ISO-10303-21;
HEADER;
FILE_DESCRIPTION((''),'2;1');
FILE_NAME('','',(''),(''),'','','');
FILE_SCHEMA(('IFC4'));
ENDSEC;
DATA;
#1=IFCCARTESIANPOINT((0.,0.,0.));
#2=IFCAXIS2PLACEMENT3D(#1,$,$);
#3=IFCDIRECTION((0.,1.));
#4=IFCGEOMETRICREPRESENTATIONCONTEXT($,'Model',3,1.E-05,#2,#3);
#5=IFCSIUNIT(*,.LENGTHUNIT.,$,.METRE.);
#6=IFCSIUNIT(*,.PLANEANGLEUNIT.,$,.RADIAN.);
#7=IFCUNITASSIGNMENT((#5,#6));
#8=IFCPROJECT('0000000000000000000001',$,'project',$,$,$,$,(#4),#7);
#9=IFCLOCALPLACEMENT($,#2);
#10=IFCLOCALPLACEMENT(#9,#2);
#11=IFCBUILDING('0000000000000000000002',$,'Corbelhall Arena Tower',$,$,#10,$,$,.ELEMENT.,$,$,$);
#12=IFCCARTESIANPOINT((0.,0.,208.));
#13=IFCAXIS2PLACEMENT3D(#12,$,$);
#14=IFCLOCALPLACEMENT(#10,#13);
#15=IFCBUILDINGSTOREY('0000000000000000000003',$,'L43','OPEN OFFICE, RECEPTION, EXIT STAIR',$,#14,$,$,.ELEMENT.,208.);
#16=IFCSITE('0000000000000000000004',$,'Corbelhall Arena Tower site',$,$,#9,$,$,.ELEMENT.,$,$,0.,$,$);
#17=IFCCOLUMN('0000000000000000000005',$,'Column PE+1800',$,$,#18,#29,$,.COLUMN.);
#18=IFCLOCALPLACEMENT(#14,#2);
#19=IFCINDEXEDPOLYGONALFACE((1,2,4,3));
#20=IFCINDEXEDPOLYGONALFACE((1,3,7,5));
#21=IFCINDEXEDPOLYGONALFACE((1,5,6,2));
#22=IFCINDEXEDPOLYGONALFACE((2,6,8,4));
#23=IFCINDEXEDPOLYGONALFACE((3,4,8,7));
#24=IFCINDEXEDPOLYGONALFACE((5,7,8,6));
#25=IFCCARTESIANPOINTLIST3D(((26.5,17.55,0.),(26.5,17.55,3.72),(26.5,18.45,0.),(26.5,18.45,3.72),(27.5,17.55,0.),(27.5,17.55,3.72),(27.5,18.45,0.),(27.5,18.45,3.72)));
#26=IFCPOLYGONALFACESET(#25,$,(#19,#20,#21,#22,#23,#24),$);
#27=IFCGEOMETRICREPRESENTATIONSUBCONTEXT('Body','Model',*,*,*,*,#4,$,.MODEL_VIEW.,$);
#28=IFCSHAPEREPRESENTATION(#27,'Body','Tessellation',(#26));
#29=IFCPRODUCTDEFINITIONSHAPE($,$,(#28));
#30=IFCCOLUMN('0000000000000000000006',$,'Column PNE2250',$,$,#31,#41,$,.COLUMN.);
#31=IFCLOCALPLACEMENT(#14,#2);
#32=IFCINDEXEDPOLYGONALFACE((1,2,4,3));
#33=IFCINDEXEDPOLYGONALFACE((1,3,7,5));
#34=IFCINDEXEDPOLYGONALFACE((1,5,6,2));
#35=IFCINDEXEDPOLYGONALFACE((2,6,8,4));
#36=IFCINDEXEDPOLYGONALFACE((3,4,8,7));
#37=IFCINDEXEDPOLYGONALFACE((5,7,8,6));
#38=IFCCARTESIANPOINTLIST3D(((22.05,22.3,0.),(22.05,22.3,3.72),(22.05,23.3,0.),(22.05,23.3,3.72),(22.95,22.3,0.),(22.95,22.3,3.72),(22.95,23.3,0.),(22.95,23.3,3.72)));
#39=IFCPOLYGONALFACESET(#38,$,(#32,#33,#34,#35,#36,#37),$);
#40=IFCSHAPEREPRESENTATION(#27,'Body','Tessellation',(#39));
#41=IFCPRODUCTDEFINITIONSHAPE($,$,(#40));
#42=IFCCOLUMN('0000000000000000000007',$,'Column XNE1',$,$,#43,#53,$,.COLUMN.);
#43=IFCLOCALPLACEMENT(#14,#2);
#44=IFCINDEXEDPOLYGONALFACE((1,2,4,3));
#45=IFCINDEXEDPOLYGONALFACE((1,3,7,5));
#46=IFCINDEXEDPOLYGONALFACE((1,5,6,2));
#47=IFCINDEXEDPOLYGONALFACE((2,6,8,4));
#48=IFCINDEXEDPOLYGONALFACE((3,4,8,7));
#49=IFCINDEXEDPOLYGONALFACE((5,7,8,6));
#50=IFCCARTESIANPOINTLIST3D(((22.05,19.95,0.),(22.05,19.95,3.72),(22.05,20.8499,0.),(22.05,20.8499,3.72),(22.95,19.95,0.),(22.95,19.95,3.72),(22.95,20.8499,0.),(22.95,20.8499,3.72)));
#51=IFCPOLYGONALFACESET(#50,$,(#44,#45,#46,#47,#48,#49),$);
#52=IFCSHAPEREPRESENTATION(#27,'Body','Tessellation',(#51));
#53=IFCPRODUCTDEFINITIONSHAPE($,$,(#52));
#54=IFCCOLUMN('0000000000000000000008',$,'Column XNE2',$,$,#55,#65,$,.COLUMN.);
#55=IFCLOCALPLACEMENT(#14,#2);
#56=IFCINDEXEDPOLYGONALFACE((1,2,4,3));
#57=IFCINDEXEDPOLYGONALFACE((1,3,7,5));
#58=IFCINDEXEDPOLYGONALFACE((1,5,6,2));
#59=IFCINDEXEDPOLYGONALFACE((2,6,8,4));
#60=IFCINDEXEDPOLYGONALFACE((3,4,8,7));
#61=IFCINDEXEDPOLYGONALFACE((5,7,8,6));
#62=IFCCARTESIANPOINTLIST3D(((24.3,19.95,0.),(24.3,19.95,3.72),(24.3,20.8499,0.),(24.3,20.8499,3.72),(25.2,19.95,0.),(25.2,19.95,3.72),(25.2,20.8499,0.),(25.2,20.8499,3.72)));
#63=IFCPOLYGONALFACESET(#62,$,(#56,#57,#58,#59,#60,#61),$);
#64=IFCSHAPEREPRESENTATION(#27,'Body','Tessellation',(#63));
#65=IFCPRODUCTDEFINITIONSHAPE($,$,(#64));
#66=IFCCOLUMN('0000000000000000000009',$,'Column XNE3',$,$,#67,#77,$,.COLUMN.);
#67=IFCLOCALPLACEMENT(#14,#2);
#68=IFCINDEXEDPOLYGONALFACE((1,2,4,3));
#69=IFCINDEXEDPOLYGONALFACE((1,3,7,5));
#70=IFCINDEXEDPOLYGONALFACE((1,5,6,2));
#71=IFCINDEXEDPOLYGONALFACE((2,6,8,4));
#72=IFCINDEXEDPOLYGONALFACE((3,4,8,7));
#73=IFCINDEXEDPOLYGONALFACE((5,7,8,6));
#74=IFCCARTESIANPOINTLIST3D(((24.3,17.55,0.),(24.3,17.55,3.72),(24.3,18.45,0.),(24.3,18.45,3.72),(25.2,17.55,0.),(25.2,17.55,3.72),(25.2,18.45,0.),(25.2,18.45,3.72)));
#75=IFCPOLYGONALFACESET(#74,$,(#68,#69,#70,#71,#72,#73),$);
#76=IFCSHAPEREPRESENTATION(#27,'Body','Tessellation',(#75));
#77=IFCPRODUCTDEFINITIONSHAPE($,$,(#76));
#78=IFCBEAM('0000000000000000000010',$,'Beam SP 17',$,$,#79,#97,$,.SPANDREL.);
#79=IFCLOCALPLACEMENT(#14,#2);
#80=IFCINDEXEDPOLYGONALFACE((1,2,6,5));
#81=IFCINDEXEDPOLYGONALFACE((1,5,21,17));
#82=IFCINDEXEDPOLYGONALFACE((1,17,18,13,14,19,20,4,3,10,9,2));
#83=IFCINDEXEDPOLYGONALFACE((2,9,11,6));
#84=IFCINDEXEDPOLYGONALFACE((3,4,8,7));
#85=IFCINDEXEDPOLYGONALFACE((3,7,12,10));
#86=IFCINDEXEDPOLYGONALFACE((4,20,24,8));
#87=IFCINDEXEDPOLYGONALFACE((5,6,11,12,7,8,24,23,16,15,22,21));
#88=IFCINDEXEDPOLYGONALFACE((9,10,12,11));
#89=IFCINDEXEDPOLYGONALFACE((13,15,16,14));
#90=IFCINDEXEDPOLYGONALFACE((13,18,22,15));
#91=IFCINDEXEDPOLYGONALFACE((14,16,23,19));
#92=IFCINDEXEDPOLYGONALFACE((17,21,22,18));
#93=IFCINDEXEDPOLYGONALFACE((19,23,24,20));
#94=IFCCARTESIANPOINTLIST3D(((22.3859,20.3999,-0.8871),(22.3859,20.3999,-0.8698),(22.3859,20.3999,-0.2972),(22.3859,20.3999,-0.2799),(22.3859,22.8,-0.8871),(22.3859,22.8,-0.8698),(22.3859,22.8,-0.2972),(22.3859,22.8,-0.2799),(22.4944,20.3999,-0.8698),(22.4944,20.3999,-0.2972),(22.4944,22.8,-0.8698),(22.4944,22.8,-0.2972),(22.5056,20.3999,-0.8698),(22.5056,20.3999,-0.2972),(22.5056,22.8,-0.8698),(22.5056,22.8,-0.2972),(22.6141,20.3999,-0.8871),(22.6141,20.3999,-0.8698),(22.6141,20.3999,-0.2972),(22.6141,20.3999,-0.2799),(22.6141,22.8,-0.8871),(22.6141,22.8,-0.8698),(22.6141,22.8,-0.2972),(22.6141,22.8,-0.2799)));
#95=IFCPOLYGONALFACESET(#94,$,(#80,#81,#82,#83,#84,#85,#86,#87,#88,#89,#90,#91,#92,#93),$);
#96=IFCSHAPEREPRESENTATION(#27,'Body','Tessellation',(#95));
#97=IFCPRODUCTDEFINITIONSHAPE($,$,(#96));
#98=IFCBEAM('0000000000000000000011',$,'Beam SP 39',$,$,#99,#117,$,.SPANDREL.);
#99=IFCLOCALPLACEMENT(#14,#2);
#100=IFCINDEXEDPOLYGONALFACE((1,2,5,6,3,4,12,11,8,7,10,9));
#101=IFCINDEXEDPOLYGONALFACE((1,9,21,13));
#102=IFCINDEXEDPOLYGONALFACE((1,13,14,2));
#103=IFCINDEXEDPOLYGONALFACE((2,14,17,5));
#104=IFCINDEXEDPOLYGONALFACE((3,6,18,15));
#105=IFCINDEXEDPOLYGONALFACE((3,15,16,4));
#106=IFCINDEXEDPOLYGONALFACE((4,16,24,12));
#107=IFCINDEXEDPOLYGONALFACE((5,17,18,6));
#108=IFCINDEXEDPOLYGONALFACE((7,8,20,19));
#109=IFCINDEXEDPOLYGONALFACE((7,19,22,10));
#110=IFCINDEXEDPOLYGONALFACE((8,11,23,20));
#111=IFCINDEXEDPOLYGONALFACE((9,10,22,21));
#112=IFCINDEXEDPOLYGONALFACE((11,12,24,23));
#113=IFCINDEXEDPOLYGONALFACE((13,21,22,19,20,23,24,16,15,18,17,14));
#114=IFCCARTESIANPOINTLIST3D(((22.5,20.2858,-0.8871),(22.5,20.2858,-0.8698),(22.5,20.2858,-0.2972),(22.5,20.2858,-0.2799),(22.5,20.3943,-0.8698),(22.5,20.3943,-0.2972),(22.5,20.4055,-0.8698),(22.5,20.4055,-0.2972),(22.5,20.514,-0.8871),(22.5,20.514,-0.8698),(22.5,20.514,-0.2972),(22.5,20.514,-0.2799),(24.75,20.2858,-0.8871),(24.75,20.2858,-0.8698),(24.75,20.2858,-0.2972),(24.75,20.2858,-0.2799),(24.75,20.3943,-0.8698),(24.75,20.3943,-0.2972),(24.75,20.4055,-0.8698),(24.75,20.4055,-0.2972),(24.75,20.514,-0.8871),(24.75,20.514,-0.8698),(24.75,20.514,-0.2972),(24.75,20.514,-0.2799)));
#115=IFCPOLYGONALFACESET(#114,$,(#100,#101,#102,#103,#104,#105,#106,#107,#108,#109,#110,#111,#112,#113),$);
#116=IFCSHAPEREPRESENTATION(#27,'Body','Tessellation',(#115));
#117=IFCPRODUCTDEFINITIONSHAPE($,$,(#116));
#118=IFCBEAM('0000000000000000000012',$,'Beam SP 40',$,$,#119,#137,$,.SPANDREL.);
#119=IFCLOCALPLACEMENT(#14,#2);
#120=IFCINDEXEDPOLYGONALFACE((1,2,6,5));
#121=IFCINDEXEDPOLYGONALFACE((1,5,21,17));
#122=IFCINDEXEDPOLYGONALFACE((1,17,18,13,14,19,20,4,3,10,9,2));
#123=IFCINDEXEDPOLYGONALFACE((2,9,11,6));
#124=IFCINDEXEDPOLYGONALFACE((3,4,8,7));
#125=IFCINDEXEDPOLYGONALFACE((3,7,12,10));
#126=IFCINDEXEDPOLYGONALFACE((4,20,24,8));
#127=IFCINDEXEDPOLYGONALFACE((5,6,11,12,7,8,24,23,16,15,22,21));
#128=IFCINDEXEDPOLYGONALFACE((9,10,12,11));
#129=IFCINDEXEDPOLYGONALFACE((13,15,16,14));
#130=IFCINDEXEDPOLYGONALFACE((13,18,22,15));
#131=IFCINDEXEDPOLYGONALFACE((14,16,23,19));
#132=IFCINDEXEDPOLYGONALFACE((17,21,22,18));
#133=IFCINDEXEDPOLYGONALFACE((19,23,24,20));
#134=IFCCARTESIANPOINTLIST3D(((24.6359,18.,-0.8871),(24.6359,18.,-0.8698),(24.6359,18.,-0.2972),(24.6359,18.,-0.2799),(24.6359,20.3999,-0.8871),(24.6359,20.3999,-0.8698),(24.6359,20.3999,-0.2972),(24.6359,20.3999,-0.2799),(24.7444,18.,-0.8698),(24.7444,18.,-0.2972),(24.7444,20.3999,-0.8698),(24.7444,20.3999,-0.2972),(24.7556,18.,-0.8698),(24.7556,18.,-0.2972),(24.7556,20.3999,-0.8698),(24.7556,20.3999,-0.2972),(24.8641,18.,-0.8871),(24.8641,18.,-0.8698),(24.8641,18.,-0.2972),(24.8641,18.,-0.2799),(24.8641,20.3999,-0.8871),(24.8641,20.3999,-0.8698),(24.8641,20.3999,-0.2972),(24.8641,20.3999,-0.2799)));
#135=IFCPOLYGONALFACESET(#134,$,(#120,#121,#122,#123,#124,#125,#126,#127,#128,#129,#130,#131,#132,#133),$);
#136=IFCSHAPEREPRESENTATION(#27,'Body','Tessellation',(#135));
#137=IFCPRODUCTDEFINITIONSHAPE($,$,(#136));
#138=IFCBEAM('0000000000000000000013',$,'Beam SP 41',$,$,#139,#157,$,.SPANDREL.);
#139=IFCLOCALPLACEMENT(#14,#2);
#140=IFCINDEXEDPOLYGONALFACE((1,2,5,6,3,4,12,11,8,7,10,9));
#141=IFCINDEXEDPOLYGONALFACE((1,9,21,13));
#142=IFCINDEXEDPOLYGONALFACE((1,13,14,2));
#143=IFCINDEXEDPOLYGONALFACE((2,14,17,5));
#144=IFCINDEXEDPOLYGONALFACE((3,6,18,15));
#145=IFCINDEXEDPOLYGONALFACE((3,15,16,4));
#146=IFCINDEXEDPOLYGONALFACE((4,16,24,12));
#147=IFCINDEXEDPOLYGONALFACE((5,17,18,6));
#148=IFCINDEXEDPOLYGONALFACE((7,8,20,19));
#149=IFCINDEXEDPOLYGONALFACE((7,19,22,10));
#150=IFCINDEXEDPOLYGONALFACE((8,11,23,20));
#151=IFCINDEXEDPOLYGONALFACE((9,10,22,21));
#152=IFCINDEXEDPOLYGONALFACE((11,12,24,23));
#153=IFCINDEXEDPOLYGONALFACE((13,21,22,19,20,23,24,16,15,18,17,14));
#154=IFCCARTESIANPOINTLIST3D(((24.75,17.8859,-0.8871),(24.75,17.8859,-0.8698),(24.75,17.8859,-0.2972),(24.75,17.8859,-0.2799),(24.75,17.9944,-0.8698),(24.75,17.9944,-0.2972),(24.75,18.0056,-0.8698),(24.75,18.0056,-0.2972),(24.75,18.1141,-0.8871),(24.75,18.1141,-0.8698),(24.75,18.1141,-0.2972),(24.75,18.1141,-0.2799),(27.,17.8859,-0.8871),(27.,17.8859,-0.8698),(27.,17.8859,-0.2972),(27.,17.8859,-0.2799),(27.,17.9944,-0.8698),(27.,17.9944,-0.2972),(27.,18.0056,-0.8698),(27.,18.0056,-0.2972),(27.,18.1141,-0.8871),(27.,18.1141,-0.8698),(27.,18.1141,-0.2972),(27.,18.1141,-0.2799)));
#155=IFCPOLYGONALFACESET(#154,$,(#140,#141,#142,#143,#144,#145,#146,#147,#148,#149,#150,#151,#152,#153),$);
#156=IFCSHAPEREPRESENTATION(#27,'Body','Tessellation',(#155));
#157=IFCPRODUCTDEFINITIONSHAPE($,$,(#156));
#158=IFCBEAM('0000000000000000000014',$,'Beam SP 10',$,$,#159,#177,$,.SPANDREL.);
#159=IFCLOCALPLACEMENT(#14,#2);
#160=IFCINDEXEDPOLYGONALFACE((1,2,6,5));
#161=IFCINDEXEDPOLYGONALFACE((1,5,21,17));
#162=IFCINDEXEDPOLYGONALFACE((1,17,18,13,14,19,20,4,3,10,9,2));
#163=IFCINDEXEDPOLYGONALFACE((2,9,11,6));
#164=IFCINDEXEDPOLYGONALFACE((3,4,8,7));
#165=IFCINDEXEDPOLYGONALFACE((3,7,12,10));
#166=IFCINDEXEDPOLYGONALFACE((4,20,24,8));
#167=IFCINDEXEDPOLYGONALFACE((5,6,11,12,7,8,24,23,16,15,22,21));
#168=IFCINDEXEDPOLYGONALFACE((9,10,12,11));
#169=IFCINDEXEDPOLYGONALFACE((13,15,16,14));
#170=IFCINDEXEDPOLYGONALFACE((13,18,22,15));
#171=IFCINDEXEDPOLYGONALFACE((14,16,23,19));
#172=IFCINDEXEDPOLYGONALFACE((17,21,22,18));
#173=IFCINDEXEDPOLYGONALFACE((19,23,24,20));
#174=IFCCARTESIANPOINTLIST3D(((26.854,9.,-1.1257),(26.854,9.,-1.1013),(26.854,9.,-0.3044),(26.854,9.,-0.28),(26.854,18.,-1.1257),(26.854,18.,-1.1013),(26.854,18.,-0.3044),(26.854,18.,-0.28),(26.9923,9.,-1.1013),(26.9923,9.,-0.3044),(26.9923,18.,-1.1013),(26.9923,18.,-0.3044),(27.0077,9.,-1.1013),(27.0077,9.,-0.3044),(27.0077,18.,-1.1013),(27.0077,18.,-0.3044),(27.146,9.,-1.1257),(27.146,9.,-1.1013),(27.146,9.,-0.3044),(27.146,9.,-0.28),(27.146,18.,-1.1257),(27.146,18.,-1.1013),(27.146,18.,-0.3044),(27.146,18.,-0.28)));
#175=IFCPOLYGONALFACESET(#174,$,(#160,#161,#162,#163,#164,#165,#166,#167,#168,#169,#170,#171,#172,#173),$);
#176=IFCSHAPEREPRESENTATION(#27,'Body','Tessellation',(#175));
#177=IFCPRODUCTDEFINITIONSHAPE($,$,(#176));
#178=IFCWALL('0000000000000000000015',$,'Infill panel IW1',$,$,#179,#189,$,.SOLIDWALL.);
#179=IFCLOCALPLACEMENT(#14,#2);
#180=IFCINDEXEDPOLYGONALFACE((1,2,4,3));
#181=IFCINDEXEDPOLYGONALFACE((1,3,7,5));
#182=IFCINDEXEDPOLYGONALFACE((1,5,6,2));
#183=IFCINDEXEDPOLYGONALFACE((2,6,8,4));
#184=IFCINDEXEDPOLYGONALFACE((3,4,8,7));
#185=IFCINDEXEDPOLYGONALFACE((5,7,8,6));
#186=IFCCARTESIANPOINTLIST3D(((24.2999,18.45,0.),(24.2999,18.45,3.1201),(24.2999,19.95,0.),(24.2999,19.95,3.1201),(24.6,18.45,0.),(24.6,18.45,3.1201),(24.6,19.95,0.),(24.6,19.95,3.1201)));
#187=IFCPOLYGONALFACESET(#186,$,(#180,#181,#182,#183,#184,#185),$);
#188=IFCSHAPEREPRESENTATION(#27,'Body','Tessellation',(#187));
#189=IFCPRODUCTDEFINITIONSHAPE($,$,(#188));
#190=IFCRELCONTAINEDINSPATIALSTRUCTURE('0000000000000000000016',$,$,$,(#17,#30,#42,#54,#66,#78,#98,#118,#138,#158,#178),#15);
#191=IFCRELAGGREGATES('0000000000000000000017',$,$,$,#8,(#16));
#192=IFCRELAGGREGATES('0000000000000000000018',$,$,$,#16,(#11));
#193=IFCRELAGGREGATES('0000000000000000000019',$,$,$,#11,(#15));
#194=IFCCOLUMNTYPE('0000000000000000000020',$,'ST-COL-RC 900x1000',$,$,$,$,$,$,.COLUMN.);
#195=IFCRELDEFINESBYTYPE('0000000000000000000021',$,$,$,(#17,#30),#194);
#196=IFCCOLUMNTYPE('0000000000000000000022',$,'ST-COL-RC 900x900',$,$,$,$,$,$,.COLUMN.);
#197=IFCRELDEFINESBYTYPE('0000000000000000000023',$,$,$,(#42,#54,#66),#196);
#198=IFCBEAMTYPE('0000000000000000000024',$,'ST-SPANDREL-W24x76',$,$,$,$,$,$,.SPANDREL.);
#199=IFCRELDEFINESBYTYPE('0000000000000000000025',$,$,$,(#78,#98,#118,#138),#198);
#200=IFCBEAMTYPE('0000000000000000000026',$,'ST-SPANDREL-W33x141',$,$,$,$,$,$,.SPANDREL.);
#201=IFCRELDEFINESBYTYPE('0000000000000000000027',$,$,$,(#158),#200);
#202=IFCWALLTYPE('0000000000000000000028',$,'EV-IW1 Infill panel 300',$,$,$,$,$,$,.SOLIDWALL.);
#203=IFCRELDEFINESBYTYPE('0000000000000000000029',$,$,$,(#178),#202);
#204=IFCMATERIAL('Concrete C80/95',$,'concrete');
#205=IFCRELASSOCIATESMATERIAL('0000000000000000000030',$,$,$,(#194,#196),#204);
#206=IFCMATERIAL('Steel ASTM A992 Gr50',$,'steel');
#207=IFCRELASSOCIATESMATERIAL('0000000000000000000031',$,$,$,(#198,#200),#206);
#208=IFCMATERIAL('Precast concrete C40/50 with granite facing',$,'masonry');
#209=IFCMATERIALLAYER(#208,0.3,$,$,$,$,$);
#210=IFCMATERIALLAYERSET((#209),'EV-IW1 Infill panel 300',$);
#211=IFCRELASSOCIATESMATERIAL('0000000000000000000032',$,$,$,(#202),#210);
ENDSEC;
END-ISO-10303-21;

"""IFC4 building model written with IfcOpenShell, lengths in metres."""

from ifc_helpers import new_model, si_unit, direction, frame, frame_2d, origin, origin_2d, place, context, subcontext, project, spatial, rectangle, i_section, extrude, material, layer, layer_set, material_profile, profile_set, type_object, element, save


model = new_model("IFC4")

# Units and contexts
model_context = context("Model", 3, precision=1e-05, world=origin(), true_north=direction((0.0, 1.0)))
body_context = subcontext(model_context, "Body", "Model", "MODEL_VIEW")
ifc_project = project(units=[si_unit("LENGTHUNIT", "METRE"), si_unit("PLANEANGLEUNIT", "RADIAN")], contexts=[model_context])

# Site, building, storey
site_placement = place(None, origin())
site = spatial("IfcSite", under=ifc_project, at=site_placement, Name="Corbelhall Arena Tower site", CompositionType="ELEMENT", RefElevation=0.0)
building_placement = place(site_placement, origin())
building = spatial("IfcBuilding", under=site, at=building_placement, Name="Corbelhall Arena Tower", CompositionType="ELEMENT")
storey_placement = place(building_placement, frame((0.0, 0.0, 208.0)))
storey = spatial("IfcBuildingStorey", under=building, at=storey_placement, Name="L43", Description="OPEN OFFICE, RECEPTION, EXIT STAIR", CompositionType="ELEMENT", Elevation=208.0)

# Columns
ifc_material_1 = material(Name="Concrete C80/95", Category="concrete")
ifc_material_profile_1 = material_profile(ifc_material_1, rectangle(XDim=0.8999, YDim=1.0, at=origin_2d()))
ifc_profile_set_1 = profile_set([ifc_material_profile_1], Name="Concrete C80/95")
column_type_1 = type_object("IfcColumnType", Name="ST-COL-RC 900x1000", PredefinedType="COLUMN", material=ifc_profile_set_1)
for number, where, z_axis, x_axis, name in (
    (1, (27.0, 18.0, 0.0), (0.0, 0.0, 1.0), (0.0, 1.0, 0.0), "Column PE+1800"),
    (2, (22.5, 22.8, 0.0), (0.0, 0.0, 1.0), (1.0, 0.0, 0.0), "Column PNE2250"),
):
    element("IfcColumn", number, at=place(storey_placement, frame(where, z_axis=z_axis, x_axis=x_axis)), inside=storey, type_object=column_type_1, Name=name, PredefinedType="COLUMN", context=body_context, shape_type="SweptSolid", body=[
        extrude(rectangle(XDim=0.8999, YDim=1.0, at=origin_2d()), origin(), (0.0, 0.0, 1.0), 3.72),
    ])
ifc_material_profile_2 = material_profile(ifc_material_1, rectangle(XDim=0.8999, YDim=0.8999, at=origin_2d()))
ifc_profile_set_2 = profile_set([ifc_material_profile_2], Name="Concrete C80/95")
column_type_2 = type_object("IfcColumnType", Name="ST-COL-RC 900x900", PredefinedType="COLUMN", material=ifc_profile_set_2)
for number, where, z_axis, x_axis, name in (
    (3, (22.5, 20.3999, 0.0), (0.0, 0.0, 1.0), (1.0, 0.0, 0.0), "Column XNE1"),
    (4, (24.75, 20.3999, 0.0), (0.0, 0.0, 1.0), (1.0, 0.0, 0.0), "Column XNE2"),
    (5, (24.75, 18.0, 0.0), (0.0, 0.0, 1.0), (1.0, 0.0, 0.0), "Column XNE3"),
):
    element("IfcColumn", number, at=place(storey_placement, frame(where, z_axis=z_axis, x_axis=x_axis)), inside=storey, type_object=column_type_2, Name=name, PredefinedType="COLUMN", context=body_context, shape_type="SweptSolid", body=[
        extrude(rectangle(XDim=0.8999, YDim=0.8999, at=origin_2d()), origin(), (0.0, 0.0, 1.0), 3.72),
    ])

# Beams
ifc_material_2 = material(Name="Steel ASTM A992 Gr50", Category="steel")
ifc_material_profile_3 = material_profile(ifc_material_2, i_section(OverallWidth=0.2283, OverallDepth=0.6072, WebThickness=0.0112, FlangeThickness=0.0173, at=origin_2d()))
ifc_profile_set_3 = profile_set([ifc_material_profile_3], Name="Steel ASTM A992 Gr50")
beam_type_1 = type_object("IfcBeamType", Name="ST-SPANDREL-W24x76", PredefinedType="SPANDREL", material=ifc_profile_set_3)
beam_1_placement = place(storey_placement, frame((22.5, 22.8, -0.5835), z_axis=(0.0, -1.0, 0.0), x_axis=(1.0, 0.0, 0.0)))
element("IfcBeam", 6, at=beam_1_placement, inside=storey, type_object=beam_type_1, Name="Beam SP 17", PredefinedType="SPANDREL", context=body_context, shape_type="SweptSolid", body=[
    extrude(i_section(OverallWidth=0.2283, OverallDepth=0.6072, WebThickness=0.0112, FlangeThickness=0.0173, at=origin_2d()), origin(), (0.0, 0.0, 1.0), 2.4001),
])
beam_2_placement = place(storey_placement, frame((22.5, 20.3999, -0.5835), z_axis=(1.0, 0.0, 0.0), x_axis=(0.0, 1.0, 0.0)))
element("IfcBeam", 7, at=beam_2_placement, inside=storey, type_object=beam_type_1, Name="Beam SP 39", PredefinedType="SPANDREL", context=body_context, shape_type="SweptSolid", body=[
    extrude(i_section(OverallWidth=0.2283, OverallDepth=0.6072, WebThickness=0.0112, FlangeThickness=0.0173, at=origin_2d()), origin(), (0.0, 0.0, 1.0), 2.25),
])
beam_3_placement = place(storey_placement, frame((24.75, 20.3999, -0.5835), z_axis=(0.0, -1.0, 0.0), x_axis=(1.0, 0.0, 0.0)))
element("IfcBeam", 8, at=beam_3_placement, inside=storey, type_object=beam_type_1, Name="Beam SP 40", PredefinedType="SPANDREL", context=body_context, shape_type="SweptSolid", body=[
    extrude(i_section(OverallWidth=0.2283, OverallDepth=0.6072, WebThickness=0.0112, FlangeThickness=0.0173, at=origin_2d()), origin(), (0.0, 0.0, 1.0), 2.3999),
])
beam_4_placement = place(storey_placement, frame((24.75, 18.0, -0.5835), z_axis=(1.0, 0.0, 0.0), x_axis=(0.0, 1.0, 0.0)))
element("IfcBeam", 9, at=beam_4_placement, inside=storey, type_object=beam_type_1, Name="Beam SP 41", PredefinedType="SPANDREL", context=body_context, shape_type="SweptSolid", body=[
    extrude(i_section(OverallWidth=0.2283, OverallDepth=0.6072, WebThickness=0.0112, FlangeThickness=0.0173, at=origin_2d()), origin(), (0.0, 0.0, 1.0), 2.25),
])
ifc_material_profile_4 = material_profile(ifc_material_2, i_section(OverallWidth=0.292, OverallDepth=0.8457, WebThickness=0.0154, FlangeThickness=0.0244, at=origin_2d()))
ifc_profile_set_4 = profile_set([ifc_material_profile_4], Name="Steel ASTM A992 Gr50")
beam_type_2 = type_object("IfcBeamType", Name="ST-SPANDREL-W33x141", PredefinedType="SPANDREL", material=ifc_profile_set_4)
beam_5_placement = place(storey_placement, frame((27.0, 18.0, -0.7029), z_axis=(0.0, -1.0, 0.0), x_axis=(1.0, 0.0, 0.0)))
element("IfcBeam", 10, at=beam_5_placement, inside=storey, type_object=beam_type_2, Name="Beam SP 10", PredefinedType="SPANDREL", context=body_context, shape_type="SweptSolid", body=[
    extrude(i_section(OverallWidth=0.292, OverallDepth=0.8457, WebThickness=0.0154, FlangeThickness=0.0244, at=origin_2d()), origin(), (0.0, 0.0, 1.0), 9.0),
])

# Wall
ifc_material_3 = material(Name="Precast concrete C40/50 with granite facing", Category="masonry")
ifc_layer = layer(ifc_material_3, 0.3)
ifc_layer_set = layer_set([ifc_layer], Name="EV-IW1 Infill panel 300")
wall_type = type_object("IfcWallType", Name="EV-IW1 Infill panel 300", PredefinedType="SOLIDWALL", material=ifc_layer_set)
wall_1_placement = place(storey_placement, frame((24.45, 18.45, 0.0), z_axis=(0.0, 0.0, 1.0), x_axis=(0.0, 1.0, 0.0)))
element("IfcWall", 11, at=wall_1_placement, inside=storey, type_object=wall_type, Name="Infill panel IW1", PredefinedType="SOLIDWALL", context=body_context, shape_type="SweptSolid", body=[
    extrude(rectangle(XDim=1.5, YDim=0.3, at=frame_2d((0.75, 0.0))), origin(), (0.0, 0.0, 1.0), 3.1201),
])

save(model, "model.ifc")
